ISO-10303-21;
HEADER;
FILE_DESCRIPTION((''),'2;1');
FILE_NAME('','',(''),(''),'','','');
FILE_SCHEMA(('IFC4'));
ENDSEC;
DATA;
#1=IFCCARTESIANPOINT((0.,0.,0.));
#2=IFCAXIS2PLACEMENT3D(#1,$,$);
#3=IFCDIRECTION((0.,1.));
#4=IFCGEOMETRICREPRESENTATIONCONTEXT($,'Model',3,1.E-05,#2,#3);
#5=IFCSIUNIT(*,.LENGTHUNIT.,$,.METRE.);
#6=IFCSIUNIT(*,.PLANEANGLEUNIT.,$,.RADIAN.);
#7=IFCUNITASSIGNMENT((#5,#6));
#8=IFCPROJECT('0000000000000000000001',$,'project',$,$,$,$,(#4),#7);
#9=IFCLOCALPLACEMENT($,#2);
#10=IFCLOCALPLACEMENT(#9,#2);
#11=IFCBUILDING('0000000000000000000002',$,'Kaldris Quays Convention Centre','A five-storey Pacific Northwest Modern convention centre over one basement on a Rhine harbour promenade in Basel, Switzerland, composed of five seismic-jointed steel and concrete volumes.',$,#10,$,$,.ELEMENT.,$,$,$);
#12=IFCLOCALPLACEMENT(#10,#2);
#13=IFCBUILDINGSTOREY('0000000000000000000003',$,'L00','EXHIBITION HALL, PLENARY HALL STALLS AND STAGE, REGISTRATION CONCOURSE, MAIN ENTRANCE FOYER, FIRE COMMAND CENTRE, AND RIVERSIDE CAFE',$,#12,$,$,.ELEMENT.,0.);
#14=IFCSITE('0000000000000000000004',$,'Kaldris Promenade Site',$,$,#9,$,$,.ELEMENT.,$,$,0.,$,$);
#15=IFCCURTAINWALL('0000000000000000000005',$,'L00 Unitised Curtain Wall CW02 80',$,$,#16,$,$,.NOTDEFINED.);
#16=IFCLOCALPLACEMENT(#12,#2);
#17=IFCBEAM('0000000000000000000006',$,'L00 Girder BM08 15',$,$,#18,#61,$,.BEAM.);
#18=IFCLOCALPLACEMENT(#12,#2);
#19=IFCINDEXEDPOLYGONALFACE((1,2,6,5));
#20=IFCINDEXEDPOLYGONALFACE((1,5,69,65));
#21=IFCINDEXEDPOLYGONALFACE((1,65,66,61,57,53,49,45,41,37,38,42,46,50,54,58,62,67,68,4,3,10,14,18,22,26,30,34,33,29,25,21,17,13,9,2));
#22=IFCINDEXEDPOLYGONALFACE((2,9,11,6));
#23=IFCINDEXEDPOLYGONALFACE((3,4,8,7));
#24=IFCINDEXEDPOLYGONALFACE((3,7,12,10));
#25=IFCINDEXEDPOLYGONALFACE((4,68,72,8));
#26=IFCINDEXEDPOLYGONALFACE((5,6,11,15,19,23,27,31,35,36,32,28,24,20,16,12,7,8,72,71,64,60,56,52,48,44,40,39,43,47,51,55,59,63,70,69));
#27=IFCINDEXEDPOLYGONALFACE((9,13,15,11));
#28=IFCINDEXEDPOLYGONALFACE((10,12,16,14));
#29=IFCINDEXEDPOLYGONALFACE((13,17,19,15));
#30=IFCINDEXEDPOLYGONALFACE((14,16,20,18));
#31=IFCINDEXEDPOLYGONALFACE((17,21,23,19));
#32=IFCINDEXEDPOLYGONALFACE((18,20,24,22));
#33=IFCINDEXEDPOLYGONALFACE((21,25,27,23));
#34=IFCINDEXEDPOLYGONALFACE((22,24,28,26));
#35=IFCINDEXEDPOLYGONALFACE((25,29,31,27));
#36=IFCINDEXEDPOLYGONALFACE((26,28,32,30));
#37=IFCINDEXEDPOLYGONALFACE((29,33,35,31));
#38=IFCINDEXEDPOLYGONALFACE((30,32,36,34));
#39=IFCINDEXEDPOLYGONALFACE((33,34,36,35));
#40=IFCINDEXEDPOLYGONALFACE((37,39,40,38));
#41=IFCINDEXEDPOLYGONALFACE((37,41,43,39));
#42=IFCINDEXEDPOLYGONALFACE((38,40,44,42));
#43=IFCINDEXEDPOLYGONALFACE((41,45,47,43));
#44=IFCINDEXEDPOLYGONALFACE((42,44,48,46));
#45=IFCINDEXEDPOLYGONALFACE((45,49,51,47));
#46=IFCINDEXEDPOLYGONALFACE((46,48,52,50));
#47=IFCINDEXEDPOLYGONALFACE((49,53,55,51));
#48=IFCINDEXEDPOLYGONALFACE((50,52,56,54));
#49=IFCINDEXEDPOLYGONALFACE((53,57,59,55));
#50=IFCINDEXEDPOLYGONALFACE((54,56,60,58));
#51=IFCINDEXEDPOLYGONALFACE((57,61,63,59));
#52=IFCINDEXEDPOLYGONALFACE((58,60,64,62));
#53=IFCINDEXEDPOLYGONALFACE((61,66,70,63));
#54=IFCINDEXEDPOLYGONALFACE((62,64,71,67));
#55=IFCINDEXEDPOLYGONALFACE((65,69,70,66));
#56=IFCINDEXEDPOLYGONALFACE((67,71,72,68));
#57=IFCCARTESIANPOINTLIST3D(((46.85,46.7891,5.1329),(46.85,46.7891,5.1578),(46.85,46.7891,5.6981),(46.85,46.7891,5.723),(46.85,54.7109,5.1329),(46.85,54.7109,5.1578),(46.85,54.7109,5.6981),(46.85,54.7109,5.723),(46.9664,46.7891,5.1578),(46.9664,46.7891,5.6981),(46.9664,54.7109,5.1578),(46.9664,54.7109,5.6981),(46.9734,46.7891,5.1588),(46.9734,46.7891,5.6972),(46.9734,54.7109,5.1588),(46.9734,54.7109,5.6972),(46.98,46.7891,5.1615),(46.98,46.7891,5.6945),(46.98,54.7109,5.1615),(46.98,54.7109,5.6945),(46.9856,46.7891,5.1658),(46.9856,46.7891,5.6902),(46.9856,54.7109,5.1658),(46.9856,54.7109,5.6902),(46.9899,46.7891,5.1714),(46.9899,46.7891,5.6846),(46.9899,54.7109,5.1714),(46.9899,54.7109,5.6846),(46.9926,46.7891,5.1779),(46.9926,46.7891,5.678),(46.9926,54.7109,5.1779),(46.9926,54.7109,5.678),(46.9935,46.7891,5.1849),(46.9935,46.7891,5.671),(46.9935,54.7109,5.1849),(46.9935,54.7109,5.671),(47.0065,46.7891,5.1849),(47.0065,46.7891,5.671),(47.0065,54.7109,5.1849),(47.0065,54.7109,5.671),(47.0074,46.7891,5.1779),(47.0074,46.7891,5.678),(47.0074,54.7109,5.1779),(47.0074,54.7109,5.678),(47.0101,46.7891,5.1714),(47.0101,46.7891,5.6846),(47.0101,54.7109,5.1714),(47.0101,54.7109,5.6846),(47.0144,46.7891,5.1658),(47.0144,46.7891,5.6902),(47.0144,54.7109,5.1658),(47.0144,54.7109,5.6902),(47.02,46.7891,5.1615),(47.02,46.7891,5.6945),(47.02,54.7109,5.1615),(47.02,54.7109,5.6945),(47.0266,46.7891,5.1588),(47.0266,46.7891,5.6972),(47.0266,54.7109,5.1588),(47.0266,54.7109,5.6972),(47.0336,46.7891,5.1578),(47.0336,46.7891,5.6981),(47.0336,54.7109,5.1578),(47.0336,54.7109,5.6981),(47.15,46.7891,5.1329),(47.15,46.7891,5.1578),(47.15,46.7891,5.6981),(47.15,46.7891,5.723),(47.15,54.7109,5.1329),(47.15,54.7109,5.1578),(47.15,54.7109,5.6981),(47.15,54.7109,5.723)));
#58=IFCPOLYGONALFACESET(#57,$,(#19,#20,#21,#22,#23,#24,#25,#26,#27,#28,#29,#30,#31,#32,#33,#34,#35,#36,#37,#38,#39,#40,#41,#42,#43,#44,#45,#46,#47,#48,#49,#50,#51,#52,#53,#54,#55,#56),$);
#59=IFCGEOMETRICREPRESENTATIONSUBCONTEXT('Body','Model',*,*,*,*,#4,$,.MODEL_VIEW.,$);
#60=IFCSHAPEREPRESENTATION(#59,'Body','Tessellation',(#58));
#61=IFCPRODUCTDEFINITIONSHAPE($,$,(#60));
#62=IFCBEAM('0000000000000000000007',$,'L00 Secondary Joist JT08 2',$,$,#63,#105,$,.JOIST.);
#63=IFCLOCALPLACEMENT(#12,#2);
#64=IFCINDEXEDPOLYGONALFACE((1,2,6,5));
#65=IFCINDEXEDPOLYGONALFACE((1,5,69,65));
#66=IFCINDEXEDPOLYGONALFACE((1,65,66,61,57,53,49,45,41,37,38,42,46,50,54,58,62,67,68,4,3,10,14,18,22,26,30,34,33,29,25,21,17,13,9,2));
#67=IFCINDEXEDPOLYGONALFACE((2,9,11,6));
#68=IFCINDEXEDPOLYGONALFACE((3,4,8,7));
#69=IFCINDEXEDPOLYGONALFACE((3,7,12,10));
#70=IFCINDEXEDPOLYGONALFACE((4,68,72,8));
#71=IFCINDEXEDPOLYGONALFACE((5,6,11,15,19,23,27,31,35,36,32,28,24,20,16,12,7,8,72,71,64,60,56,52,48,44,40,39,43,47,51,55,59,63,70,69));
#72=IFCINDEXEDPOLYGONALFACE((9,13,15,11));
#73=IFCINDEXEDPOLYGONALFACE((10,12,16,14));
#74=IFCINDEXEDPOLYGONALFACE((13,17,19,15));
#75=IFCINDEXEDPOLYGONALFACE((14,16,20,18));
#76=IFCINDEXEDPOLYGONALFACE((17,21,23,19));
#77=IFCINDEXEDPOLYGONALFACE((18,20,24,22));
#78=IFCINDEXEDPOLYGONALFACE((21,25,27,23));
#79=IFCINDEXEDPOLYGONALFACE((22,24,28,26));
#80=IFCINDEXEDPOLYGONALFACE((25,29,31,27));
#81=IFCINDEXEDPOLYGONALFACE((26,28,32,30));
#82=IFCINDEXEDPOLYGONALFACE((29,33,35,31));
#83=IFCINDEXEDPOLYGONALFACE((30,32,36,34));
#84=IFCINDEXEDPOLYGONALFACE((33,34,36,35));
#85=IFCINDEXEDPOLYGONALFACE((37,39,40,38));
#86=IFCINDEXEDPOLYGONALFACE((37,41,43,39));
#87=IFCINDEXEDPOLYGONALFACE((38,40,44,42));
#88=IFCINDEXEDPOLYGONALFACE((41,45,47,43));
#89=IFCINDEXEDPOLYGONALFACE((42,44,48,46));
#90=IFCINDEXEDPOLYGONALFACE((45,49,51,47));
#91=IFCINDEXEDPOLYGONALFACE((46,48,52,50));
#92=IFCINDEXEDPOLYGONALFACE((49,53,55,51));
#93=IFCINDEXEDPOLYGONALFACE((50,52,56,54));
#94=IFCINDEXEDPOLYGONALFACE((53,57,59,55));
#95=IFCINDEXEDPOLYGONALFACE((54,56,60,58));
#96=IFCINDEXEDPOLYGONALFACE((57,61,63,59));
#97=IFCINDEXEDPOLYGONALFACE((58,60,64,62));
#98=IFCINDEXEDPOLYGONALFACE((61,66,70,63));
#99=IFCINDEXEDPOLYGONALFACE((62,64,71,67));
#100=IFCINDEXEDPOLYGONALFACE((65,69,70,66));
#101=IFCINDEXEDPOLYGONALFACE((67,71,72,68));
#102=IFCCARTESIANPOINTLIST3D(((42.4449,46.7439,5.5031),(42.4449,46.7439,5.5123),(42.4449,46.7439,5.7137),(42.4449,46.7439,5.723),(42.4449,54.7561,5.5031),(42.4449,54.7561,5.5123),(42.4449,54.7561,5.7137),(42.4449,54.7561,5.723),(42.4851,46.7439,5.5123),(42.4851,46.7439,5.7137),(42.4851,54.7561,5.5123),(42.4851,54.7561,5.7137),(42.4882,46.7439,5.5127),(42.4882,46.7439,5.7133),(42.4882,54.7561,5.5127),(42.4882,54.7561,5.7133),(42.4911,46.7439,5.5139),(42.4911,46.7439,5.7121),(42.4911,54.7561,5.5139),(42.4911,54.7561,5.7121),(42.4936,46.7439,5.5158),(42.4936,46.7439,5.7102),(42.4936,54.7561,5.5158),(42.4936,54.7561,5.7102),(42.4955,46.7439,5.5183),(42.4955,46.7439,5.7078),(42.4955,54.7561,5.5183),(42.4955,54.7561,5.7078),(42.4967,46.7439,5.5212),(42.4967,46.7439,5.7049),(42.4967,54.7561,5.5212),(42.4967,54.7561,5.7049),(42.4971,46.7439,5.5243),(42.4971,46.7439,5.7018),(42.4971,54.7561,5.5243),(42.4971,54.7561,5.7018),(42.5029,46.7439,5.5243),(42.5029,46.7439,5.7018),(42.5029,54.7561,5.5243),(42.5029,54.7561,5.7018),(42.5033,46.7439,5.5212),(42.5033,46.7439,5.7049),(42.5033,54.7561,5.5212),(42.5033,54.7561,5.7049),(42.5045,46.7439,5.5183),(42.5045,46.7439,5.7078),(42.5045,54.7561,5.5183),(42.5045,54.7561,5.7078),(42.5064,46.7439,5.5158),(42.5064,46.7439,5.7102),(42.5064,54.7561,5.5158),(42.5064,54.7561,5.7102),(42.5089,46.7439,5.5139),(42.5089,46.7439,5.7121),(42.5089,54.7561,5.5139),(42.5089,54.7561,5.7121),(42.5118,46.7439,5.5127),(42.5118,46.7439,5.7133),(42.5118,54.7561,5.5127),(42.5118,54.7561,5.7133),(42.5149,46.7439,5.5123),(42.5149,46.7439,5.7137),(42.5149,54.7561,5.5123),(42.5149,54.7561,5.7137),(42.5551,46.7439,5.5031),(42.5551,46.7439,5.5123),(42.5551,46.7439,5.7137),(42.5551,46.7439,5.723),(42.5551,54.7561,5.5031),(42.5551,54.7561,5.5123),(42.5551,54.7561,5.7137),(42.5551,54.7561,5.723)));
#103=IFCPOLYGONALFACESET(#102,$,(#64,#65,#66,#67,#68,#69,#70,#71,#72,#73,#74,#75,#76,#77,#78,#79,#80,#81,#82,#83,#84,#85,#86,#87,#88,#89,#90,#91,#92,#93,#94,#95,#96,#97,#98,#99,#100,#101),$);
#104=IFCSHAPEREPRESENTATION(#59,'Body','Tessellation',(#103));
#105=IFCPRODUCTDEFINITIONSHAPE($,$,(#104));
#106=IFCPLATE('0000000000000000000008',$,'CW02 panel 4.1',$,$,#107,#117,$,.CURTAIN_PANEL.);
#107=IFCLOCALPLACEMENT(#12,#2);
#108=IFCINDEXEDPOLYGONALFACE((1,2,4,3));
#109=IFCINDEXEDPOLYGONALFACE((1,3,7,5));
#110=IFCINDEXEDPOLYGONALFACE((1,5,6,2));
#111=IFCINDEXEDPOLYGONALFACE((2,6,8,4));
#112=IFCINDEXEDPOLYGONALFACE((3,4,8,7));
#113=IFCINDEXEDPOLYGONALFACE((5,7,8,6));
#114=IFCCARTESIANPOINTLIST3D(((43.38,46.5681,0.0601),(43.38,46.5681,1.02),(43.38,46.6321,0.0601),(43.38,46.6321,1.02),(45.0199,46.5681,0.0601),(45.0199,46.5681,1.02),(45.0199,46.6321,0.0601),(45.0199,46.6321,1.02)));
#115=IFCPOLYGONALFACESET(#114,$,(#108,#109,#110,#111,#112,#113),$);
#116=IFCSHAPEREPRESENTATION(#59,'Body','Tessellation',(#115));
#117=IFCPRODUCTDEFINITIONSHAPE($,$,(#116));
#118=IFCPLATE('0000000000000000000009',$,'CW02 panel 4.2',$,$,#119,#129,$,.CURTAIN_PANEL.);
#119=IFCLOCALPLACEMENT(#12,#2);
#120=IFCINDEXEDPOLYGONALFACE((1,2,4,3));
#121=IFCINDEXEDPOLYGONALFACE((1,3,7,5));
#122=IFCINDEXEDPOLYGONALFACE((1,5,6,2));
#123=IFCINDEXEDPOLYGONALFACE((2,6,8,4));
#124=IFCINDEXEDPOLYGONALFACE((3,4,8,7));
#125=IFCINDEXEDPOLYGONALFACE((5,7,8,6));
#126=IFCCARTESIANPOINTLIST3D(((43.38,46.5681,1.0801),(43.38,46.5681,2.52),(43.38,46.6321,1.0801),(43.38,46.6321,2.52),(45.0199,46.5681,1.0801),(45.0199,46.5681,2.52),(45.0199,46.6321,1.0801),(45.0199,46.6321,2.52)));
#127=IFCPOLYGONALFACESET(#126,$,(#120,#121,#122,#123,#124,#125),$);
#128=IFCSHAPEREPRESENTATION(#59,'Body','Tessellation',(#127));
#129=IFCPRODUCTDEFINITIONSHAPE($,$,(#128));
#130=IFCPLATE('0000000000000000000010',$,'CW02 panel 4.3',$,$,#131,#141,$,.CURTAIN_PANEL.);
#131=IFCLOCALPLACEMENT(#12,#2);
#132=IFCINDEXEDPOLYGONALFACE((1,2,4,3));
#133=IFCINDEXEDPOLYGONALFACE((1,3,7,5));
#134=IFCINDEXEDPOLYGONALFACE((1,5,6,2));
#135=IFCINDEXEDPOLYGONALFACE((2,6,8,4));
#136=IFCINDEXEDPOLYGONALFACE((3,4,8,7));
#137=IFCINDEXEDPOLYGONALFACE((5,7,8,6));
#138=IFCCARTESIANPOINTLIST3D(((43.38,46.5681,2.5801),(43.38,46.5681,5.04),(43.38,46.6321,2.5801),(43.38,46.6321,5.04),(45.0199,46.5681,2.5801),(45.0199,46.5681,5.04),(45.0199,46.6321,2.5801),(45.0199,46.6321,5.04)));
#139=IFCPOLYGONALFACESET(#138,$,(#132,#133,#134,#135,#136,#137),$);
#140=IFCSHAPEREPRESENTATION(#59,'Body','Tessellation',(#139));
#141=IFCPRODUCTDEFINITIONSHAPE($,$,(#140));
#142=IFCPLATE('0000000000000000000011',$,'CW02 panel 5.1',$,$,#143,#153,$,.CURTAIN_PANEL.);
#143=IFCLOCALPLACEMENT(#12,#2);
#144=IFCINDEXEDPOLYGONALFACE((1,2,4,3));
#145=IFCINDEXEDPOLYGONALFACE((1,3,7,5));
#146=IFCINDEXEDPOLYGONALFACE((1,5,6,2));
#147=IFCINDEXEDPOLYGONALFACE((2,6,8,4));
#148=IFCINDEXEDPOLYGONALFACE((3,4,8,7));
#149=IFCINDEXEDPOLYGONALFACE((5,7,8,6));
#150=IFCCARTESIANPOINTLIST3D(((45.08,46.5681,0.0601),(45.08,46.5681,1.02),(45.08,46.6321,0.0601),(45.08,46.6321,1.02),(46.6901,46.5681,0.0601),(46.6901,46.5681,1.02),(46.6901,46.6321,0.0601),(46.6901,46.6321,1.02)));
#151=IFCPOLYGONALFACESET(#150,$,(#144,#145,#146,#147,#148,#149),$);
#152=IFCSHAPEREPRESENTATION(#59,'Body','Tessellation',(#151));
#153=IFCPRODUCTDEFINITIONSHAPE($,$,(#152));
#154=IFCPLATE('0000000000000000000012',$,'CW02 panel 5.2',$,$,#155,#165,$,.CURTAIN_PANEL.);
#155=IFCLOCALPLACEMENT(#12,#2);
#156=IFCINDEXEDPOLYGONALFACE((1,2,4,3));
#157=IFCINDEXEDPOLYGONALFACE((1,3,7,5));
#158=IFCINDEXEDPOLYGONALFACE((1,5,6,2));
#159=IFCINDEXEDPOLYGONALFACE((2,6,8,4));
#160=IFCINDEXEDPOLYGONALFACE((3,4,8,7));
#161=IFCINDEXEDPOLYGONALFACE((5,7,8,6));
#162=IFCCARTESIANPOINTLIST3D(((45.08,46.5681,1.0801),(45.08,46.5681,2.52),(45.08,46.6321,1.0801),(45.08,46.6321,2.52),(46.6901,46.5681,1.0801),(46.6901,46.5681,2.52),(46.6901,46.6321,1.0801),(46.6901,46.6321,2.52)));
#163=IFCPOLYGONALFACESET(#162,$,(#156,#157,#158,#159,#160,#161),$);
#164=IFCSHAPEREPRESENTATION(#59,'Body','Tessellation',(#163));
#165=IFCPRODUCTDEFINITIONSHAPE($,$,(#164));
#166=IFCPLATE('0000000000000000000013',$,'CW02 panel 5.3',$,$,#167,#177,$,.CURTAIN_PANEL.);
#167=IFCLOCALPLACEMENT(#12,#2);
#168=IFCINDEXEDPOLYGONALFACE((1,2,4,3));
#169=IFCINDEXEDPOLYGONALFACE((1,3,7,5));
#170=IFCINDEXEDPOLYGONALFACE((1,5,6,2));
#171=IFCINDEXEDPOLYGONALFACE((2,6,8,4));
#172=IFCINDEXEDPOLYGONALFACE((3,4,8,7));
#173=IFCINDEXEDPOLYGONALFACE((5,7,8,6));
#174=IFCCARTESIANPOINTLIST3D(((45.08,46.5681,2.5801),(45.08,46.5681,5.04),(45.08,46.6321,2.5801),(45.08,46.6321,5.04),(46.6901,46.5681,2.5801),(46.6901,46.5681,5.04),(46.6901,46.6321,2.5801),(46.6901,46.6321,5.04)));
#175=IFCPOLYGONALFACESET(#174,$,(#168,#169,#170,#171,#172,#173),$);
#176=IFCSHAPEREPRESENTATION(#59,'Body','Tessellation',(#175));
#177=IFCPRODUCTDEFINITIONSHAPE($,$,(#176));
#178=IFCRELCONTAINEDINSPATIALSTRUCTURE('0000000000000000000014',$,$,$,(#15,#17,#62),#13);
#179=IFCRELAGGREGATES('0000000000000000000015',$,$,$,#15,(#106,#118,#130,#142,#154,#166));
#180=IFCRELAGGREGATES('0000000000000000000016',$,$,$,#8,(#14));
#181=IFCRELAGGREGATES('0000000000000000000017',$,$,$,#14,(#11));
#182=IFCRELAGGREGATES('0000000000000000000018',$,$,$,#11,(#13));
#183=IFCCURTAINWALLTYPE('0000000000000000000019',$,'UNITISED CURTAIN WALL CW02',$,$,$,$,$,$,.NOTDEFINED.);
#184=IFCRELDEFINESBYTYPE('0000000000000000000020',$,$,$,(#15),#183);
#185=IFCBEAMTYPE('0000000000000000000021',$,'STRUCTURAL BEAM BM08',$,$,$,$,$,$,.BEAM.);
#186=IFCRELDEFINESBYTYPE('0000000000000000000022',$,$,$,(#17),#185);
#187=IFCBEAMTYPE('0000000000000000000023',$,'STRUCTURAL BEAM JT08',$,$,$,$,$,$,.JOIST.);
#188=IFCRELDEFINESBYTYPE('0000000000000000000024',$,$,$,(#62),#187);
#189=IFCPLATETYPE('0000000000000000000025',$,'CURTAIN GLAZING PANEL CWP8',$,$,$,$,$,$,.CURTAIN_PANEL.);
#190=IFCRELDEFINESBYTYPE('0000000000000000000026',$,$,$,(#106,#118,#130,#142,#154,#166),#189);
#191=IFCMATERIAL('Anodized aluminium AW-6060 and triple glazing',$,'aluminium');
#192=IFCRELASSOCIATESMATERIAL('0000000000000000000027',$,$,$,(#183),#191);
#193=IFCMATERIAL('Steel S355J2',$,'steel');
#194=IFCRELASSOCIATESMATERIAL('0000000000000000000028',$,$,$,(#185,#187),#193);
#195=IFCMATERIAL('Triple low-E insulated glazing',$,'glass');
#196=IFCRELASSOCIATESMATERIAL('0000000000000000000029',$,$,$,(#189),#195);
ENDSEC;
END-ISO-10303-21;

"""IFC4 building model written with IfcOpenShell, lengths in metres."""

from ifc_helpers import new_model, si_unit, direction, frame, origin, origin_2d, place, context, subcontext, project, spatial, rectangle, i_section, extrude, material, material_profile, profile_set, type_object, element, aggregate, save


model = new_model("IFC4")

# Units and contexts
model_context = context("Model", 3, precision=1e-05, world=origin(), true_north=direction((0.0, 1.0)))
body_context = subcontext(model_context, "Body", "Model", "MODEL_VIEW")
ifc_project = project(units=[si_unit("LENGTHUNIT", "METRE"), si_unit("PLANEANGLEUNIT", "RADIAN")], contexts=[model_context])

# Site, building, storey
site_placement = place(None, origin())
site = spatial("IfcSite", under=ifc_project, at=site_placement, Name="Kaldris Promenade Site", CompositionType="ELEMENT", RefElevation=0.0)
building_placement = place(site_placement, origin())
building = spatial("IfcBuilding", under=site, at=building_placement, Name="Kaldris Quays Convention Centre", Description="A five-storey Pacific Northwest Modern convention centre over one basement on a Rhine harbour promenade in Basel, Switzerland, composed of five seismic-jointed steel and concrete volumes.", CompositionType="ELEMENT")
storey_placement = place(building_placement, origin())
storey = spatial("IfcBuildingStorey", under=building, at=storey_placement, Name="L00", Description="EXHIBITION HALL, PLENARY HALL STALLS AND STAGE, REGISTRATION CONCOURSE, MAIN ENTRANCE FOYER, FIRE COMMAND CENTRE, AND RIVERSIDE CAFE", CompositionType="ELEMENT", Elevation=0.0)

# Shared definitions
ifc_material_1 = material(Name="Steel S355J2", Category="steel")

# Curtain wall
ifc_material_2 = material(Name="Anodized aluminium AW-6060 and triple glazing", Category="aluminium")
curtain_wall_type = type_object("IfcCurtainWallType", Name="UNITISED CURTAIN WALL CW02", PredefinedType="NOTDEFINED", material=ifc_material_2)
curtain_wall_1_placement = place(storey_placement, origin())
curtain_wall_1 = element("IfcCurtainWall", 1, at=curtain_wall_1_placement, inside=storey, type_object=curtain_wall_type, Name="L00 Unitised Curtain Wall CW02 80", PredefinedType="NOTDEFINED")

# Beams
ifc_material_profile_1 = material_profile(ifc_material_1, i_section(OverallWidth=0.3, OverallDepth=0.5901, WebThickness=0.0129, FlangeThickness=0.0249, FilletRadius=0.0271, at=origin_2d()), Name="HEA 600")
ifc_profile_set_1 = profile_set([ifc_material_profile_1], Name="Steel S355J2")
beam_type_1 = type_object("IfcBeamType", Name="STRUCTURAL BEAM BM08", PredefinedType="BEAM", material=ifc_profile_set_1)
beam_1_placement = place(storey_placement, frame((47.0, 46.7891, 5.428), z_axis=(0.0, 1.0, 0.0), x_axis=(-1.0, 0.0, 0.0)))
element("IfcBeam", 2, at=beam_1_placement, inside=storey, type_object=beam_type_1, Name="L00 Girder BM08 15", PredefinedType="BEAM", context=body_context, shape_type="SweptSolid", body=[
    extrude(i_section(OverallWidth=0.3, OverallDepth=0.5901, WebThickness=0.0129, FlangeThickness=0.0249, FilletRadius=0.0271, at=origin_2d()), origin(), (0.0, 0.0, 1.0), 7.9219),
])
ifc_material_profile_2 = material_profile(ifc_material_1, i_section(OverallWidth=0.1101, OverallDepth=0.22, WebThickness=0.0059, FlangeThickness=0.0093, FilletRadius=0.012, at=origin_2d()), Name="IPE 220")
ifc_profile_set_2 = profile_set([ifc_material_profile_2], Name="Steel S355J2")
beam_type_2 = type_object("IfcBeamType", Name="STRUCTURAL BEAM JT08", PredefinedType="JOIST", material=ifc_profile_set_2)
beam_2_placement = place(storey_placement, frame((42.5, 46.7439, 5.613), z_axis=(0.0, 1.0, 0.0), x_axis=(-1.0, 0.0, 0.0)))
element("IfcBeam", 3, at=beam_2_placement, inside=storey, type_object=beam_type_2, Name="L00 Secondary Joist JT08 2", PredefinedType="JOIST", context=body_context, shape_type="SweptSolid", body=[
    extrude(i_section(OverallWidth=0.1101, OverallDepth=0.22, WebThickness=0.0059, FlangeThickness=0.0093, FilletRadius=0.012, at=origin_2d()), origin(), (0.0, 0.0, 1.0), 8.0122),
])

# Plates
ifc_material_3 = material(Name="Triple low-E insulated glazing", Category="glass")
plate_type = type_object("IfcPlateType", Name="CURTAIN GLAZING PANEL CWP8", PredefinedType="CURTAIN_PANEL", material=ifc_material_3)
plate_1_placement = place(storey_placement, frame((44.2, 46.6001, 0.0601), z_axis=(0.0, 0.0, 1.0), x_axis=(1.0, 0.0, 0.0)))
plate_1 = element("IfcPlate", 4, at=plate_1_placement, type_object=plate_type, Name="CW02 panel 4.1", PredefinedType="CURTAIN_PANEL", context=body_context, shape_type="SweptSolid", body=[
    extrude(rectangle(XDim=1.6399, YDim=0.064, at=origin_2d()), origin(), (0.0, 0.0, 1.0), 0.96),
])
plate_2_placement = place(storey_placement, frame((44.2, 46.6001, 1.0801), z_axis=(0.0, 0.0, 1.0), x_axis=(1.0, 0.0, 0.0)))
plate_2 = element("IfcPlate", 5, at=plate_2_placement, type_object=plate_type, Name="CW02 panel 4.2", PredefinedType="CURTAIN_PANEL", context=body_context, shape_type="SweptSolid", body=[
    extrude(rectangle(XDim=1.6399, YDim=0.064, at=origin_2d()), origin(), (0.0, 0.0, 1.0), 1.4399),
])
plate_3_placement = place(storey_placement, frame((44.2, 46.6001, 2.5801), z_axis=(0.0, 0.0, 1.0), x_axis=(1.0, 0.0, 0.0)))
plate_3 = element("IfcPlate", 6, at=plate_3_placement, type_object=plate_type, Name="CW02 panel 4.3", PredefinedType="CURTAIN_PANEL", context=body_context, shape_type="SweptSolid", body=[
    extrude(rectangle(XDim=1.6399, YDim=0.064, at=origin_2d()), origin(), (0.0, 0.0, 1.0), 2.46),
])
plate_4_placement = place(storey_placement, frame((45.885, 46.6001, 0.0601), z_axis=(0.0, 0.0, 1.0), x_axis=(1.0, 0.0, 0.0)))
plate_4 = element("IfcPlate", 7, at=plate_4_placement, type_object=plate_type, Name="CW02 panel 5.1", PredefinedType="CURTAIN_PANEL", context=body_context, shape_type="SweptSolid", body=[
    extrude(rectangle(XDim=1.6101, YDim=0.064, at=origin_2d()), origin(), (0.0, 0.0, 1.0), 0.96),
])
plate_5_placement = place(storey_placement, frame((45.885, 46.6001, 1.0801), z_axis=(0.0, 0.0, 1.0), x_axis=(1.0, 0.0, 0.0)))
plate_5 = element("IfcPlate", 8, at=plate_5_placement, type_object=plate_type, Name="CW02 panel 5.2", PredefinedType="CURTAIN_PANEL", context=body_context, shape_type="SweptSolid", body=[
    extrude(rectangle(XDim=1.6101, YDim=0.064, at=origin_2d()), origin(), (0.0, 0.0, 1.0), 1.4399),
])
plate_6_placement = place(storey_placement, frame((45.885, 46.6001, 2.5801), z_axis=(0.0, 0.0, 1.0), x_axis=(1.0, 0.0, 0.0)))
plate_6 = element("IfcPlate", 9, at=plate_6_placement, type_object=plate_type, Name="CW02 panel 5.3", PredefinedType="CURTAIN_PANEL", context=body_context, shape_type="SweptSolid", body=[
    extrude(rectangle(XDim=1.6101, YDim=0.064, at=origin_2d()), origin(), (0.0, 0.0, 1.0), 2.46),
])
aggregate(curtain_wall_1, [plate_1, plate_2, plate_3, plate_4, plate_5, plate_6])

save(model, "model.ifc")
